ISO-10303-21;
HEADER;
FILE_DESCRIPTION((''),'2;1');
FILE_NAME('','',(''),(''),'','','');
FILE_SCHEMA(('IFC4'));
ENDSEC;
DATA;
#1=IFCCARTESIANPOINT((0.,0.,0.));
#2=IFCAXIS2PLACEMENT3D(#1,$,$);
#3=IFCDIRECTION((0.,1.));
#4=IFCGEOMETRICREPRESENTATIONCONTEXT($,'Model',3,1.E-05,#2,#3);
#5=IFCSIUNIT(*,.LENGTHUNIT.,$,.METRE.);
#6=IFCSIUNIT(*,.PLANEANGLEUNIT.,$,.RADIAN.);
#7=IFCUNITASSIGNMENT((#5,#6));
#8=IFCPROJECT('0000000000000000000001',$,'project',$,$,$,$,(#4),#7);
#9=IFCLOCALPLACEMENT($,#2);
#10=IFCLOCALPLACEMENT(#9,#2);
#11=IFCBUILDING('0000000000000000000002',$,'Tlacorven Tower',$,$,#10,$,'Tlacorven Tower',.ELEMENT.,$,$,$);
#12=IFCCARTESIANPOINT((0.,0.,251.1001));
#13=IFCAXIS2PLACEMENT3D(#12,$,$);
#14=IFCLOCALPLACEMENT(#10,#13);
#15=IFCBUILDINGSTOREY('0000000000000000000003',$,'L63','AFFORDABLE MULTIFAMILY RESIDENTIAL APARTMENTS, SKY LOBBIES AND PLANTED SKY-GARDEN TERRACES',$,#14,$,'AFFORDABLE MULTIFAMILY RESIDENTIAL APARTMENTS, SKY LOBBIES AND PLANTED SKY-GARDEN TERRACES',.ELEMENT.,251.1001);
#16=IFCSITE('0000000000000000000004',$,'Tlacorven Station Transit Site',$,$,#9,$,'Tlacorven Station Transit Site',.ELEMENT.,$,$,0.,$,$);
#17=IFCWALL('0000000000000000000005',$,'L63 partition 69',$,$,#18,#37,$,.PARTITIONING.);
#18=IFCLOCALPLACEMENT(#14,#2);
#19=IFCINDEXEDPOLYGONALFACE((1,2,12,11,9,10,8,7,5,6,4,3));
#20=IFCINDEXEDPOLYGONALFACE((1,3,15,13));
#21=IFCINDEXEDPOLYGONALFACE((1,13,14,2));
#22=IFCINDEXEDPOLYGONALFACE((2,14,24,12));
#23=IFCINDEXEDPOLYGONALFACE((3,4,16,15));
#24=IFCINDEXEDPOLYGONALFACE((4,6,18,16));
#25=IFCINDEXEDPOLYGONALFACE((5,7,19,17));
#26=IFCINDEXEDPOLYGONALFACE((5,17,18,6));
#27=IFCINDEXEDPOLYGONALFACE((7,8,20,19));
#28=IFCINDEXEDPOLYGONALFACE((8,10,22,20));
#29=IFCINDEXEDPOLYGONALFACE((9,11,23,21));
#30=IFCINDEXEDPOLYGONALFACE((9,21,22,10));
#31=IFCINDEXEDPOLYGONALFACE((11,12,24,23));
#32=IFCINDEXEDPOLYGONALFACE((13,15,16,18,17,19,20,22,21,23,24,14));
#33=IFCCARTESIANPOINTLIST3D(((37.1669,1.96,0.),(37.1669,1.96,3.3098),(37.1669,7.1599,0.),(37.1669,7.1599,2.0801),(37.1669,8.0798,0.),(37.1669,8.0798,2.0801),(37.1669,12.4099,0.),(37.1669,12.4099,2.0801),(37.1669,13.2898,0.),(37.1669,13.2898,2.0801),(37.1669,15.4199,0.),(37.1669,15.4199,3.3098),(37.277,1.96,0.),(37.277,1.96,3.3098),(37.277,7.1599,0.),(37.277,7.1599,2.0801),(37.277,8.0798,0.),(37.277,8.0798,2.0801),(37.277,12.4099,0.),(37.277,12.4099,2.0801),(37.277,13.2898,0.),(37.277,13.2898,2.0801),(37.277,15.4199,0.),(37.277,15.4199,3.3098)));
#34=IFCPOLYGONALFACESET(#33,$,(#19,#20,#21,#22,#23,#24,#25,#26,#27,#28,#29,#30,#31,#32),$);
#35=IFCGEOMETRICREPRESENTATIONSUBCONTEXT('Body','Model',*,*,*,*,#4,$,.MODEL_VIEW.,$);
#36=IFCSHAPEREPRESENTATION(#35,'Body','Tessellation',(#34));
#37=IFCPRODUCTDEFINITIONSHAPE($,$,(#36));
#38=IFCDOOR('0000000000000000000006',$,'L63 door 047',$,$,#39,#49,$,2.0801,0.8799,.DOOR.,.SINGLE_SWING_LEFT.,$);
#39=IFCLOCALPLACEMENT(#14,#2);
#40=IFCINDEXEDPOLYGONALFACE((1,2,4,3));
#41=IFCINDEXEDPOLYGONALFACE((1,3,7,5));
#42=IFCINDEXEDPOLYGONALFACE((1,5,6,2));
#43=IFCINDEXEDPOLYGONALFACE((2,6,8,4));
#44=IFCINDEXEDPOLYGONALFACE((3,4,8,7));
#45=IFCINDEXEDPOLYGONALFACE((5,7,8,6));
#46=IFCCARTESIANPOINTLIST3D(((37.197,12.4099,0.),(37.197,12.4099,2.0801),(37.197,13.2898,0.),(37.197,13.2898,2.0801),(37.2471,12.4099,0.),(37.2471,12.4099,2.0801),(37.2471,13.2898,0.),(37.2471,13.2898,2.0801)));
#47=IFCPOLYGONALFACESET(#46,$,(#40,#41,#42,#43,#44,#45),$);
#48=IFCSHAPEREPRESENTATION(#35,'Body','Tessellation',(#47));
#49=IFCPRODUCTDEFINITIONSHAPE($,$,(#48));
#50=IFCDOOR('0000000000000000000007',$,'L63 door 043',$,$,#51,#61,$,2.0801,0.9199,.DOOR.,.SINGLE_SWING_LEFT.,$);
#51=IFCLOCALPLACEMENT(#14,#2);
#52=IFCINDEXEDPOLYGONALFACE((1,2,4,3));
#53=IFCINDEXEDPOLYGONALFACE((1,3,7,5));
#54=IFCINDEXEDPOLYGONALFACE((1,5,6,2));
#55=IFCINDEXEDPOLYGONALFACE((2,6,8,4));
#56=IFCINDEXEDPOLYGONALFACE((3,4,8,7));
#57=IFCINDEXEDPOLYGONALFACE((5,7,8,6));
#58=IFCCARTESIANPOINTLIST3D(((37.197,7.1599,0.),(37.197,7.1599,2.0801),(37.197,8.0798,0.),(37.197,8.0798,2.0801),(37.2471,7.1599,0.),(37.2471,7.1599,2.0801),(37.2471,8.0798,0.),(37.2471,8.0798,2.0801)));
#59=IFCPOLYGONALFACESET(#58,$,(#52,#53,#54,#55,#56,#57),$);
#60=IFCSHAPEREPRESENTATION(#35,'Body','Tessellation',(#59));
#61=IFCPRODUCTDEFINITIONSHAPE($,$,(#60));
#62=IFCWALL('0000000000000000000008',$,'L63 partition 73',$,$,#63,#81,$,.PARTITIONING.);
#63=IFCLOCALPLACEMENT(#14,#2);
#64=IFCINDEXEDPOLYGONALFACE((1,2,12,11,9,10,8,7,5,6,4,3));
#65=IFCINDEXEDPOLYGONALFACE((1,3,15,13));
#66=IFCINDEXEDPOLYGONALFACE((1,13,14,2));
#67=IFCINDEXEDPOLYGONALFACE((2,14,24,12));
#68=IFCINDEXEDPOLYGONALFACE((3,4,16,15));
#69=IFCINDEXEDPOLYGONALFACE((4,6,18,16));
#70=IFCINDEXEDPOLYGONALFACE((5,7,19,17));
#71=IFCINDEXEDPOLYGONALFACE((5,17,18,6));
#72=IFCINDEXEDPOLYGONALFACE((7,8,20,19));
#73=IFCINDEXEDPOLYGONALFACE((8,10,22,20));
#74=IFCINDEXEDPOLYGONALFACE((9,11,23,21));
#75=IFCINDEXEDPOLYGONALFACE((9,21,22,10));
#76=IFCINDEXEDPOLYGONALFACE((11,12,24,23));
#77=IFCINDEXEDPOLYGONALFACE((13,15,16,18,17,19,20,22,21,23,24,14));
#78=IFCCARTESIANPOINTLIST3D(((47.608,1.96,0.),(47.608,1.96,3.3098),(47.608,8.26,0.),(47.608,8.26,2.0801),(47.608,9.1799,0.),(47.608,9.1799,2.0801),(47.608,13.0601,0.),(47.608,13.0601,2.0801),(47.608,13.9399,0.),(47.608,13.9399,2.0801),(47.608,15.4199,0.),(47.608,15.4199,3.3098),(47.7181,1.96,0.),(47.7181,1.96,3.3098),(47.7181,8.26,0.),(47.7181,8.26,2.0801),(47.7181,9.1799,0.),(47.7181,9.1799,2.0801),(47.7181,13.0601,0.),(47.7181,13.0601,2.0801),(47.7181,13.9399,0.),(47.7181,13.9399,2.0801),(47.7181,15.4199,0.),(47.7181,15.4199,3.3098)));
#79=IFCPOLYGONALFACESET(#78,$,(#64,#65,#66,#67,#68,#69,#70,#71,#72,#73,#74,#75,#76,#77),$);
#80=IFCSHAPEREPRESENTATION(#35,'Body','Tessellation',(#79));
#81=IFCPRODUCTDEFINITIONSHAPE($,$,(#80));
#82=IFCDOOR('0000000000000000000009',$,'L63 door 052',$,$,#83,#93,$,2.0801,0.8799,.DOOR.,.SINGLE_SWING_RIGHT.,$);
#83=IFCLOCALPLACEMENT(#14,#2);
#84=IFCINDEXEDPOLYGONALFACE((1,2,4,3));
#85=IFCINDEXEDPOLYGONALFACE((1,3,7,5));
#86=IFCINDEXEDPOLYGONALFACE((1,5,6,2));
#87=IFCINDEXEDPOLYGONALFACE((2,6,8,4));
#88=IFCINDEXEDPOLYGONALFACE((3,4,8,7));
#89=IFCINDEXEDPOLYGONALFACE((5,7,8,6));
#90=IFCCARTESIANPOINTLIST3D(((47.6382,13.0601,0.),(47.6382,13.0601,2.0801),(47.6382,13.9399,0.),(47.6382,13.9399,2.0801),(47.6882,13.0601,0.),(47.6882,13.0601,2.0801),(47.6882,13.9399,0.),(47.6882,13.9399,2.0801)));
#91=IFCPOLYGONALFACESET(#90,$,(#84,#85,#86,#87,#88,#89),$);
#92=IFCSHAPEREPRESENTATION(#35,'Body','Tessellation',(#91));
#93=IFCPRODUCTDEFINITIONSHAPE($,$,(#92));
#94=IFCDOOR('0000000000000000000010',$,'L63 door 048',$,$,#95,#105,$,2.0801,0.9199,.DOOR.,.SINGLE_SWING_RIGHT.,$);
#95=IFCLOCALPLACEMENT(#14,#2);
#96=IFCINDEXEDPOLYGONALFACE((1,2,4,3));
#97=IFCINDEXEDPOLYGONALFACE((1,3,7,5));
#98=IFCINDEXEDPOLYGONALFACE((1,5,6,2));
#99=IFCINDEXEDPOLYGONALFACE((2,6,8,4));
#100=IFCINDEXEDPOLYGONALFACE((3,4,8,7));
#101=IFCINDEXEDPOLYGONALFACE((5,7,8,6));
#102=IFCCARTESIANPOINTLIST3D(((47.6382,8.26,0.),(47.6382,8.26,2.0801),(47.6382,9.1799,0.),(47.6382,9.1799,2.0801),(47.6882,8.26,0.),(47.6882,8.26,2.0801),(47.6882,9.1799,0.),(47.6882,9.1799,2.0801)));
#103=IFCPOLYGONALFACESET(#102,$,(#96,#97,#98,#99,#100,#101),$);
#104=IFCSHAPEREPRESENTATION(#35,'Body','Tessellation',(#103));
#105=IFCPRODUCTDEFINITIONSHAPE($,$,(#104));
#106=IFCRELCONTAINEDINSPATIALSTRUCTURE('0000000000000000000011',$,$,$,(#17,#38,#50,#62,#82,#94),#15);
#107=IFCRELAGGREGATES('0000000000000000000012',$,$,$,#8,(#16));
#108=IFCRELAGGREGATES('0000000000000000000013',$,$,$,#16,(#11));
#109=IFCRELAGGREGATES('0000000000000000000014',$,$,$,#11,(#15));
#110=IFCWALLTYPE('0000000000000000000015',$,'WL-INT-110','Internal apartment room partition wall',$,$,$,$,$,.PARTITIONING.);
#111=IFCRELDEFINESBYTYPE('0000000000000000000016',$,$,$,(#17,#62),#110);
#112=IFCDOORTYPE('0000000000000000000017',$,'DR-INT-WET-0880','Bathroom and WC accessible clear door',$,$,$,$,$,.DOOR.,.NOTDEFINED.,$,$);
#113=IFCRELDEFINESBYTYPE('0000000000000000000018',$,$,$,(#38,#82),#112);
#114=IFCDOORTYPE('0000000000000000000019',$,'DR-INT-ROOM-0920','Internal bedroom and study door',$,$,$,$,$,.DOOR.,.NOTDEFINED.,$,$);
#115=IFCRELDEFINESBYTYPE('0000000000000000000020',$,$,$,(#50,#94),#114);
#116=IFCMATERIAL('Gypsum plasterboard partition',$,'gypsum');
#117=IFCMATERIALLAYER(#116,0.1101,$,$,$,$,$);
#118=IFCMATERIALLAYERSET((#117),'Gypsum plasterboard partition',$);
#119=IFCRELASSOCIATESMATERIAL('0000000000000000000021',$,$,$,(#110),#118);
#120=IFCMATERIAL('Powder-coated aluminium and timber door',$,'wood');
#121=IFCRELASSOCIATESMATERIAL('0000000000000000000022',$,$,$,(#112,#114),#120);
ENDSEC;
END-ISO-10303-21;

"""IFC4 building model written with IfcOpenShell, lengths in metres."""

from ifc_helpers import new_model, si_unit, direction, frame, frame_2d, origin, place, context, subcontext, project, spatial, rectangle, extrude, source, transform, mapped, material, layer, layer_set, type_object, element, fill, save


model = new_model("IFC4")

# Units and contexts
model_context = context("Model", 3, precision=1e-05, world=origin(), true_north=direction((0.0, 1.0)))
body_context = subcontext(model_context, "Body", "Model", "MODEL_VIEW")
ifc_project = project(units=[si_unit("LENGTHUNIT", "METRE"), si_unit("PLANEANGLEUNIT", "RADIAN")], contexts=[model_context])

# Site, building, storey
site_placement = place(None, origin())
site = spatial("IfcSite", under=ifc_project, at=site_placement, Name="Tlacorven Station Transit Site", LongName="Tlacorven Station Transit Site", CompositionType="ELEMENT", RefElevation=0.0)
building_placement = place(site_placement, origin())
building = spatial("IfcBuilding", under=site, at=building_placement, Name="Tlacorven Tower", LongName="Tlacorven Tower", CompositionType="ELEMENT")
storey_placement = place(building_placement, frame((0.0, 0.0, 251.1001)))
storey = spatial("IfcBuildingStorey", under=building, at=storey_placement, Name="L63", Description="AFFORDABLE MULTIFAMILY RESIDENTIAL APARTMENTS, SKY LOBBIES AND PLANTED SKY-GARDEN TERRACES", LongName="AFFORDABLE MULTIFAMILY RESIDENTIAL APARTMENTS, SKY LOBBIES AND PLANTED SKY-GARDEN TERRACES", CompositionType="ELEMENT", Elevation=251.1001)

# Walls, openings, doors
ifc_material_1 = material(Name="Gypsum plasterboard partition", Category="gypsum")
ifc_layer_1 = layer(ifc_material_1, 0.1101)
ifc_layer_set_1 = layer_set([ifc_layer_1], Name="Gypsum plasterboard partition")
wall_type_1 = type_object("IfcWallType", Name="WL-INT-110", Description="Internal apartment room partition wall", PredefinedType="PARTITIONING", material=ifc_layer_set_1)
wall_1_placement = place(storey_placement, frame((37.2219, 1.96, 0.0), z_axis=(0.0, 0.0, 1.0), x_axis=(0.0, 1.0, 0.0)))
wall_1 = element("IfcWall", 1, at=wall_1_placement, inside=storey, type_object=wall_type_1, Name="L63 partition 69", PredefinedType="PARTITIONING", context=body_context, shape_type="SweptSolid", body=[
    extrude(rectangle(XDim=13.46, YDim=0.1101, at=frame_2d((6.73, 0.0))), origin(), (0.0, 0.0, 1.0), 3.3098),
])
opening_1_placement = place(wall_1_placement, frame((5.2, 0.0, 0.0)))
opening_1 = element("IfcOpeningElement", 2, at=opening_1_placement, cuts=wall_1, PredefinedType="OPENING", context=body_context, shape_type="SweptSolid", body=[
    extrude(rectangle(XDim=0.9199, YDim=2.0801, at=frame_2d((0.46, 1.04))), frame((0.0, 0.0649, 0.0), z_axis=(0.0, -1.0, 0.0), x_axis=(1.0, 0.0, 0.0)), (0.0, 0.0, 1.0), 0.1301),
])
opening_2_placement = place(wall_1_placement, frame((10.45, 0.0, 0.0)))
opening_2 = element("IfcOpeningElement", 3, at=opening_2_placement, cuts=wall_1, PredefinedType="OPENING", context=body_context, shape_type="SweptSolid", body=[
    extrude(rectangle(XDim=0.8799, YDim=2.0801, at=frame_2d((0.4399, 1.04))), frame((0.0, 0.0649, 0.0), z_axis=(0.0, -1.0, 0.0), x_axis=(1.0, 0.0, 0.0)), (0.0, 0.0, 1.0), 0.1301),
])
ifc_material_2 = material(Name="Powder-coated aluminium and timber door", Category="wood")
door_type_1 = type_object("IfcDoorType", Name="DR-INT-WET-0880", Description="Bathroom and WC accessible clear door", OperationType="NOTDEFINED", PredefinedType="DOOR", material=ifc_material_2)
shared_shape_1 = source(origin(), body_context, "Body", "SweptSolid", [
    extrude(rectangle(XDim=0.8799, YDim=2.0801, at=frame_2d((0.4399, 1.04))), frame((0.0, 0.0249, 0.0), z_axis=(0.0, -1.0, 0.0), x_axis=(1.0, 0.0, 0.0)), (0.0, 0.0, 1.0), 0.05),
])
door_1_placement = place(opening_2_placement, origin())
door_1 = element("IfcDoor", 4, at=door_1_placement, inside=storey, type_object=door_type_1, Name="L63 door 047", OperationType="SINGLE_SWING_LEFT", OverallHeight=2.0801, OverallWidth=0.8799, PredefinedType="DOOR", context=body_context, shape_type="MappedRepresentation", body=[
    mapped(shared_shape_1, transform((0.0, 0.0, 0.0), scale=1.0)),
])
fill(opening_2, door_1)
door_type_2 = type_object("IfcDoorType", Name="DR-INT-ROOM-0920", Description="Internal bedroom and study door", OperationType="NOTDEFINED", PredefinedType="DOOR", material=ifc_material_2)
shared_shape_2 = source(origin(), body_context, "Body", "SweptSolid", [
    extrude(rectangle(XDim=0.9199, YDim=2.0801, at=frame_2d((0.46, 1.04))), frame((0.0, 0.0249, 0.0), z_axis=(0.0, -1.0, 0.0), x_axis=(1.0, 0.0, 0.0)), (0.0, 0.0, 1.0), 0.05),
])
door_2_placement = place(opening_1_placement, origin())
door_2 = element("IfcDoor", 5, at=door_2_placement, inside=storey, type_object=door_type_2, Name="L63 door 043", OperationType="SINGLE_SWING_LEFT", OverallHeight=2.0801, OverallWidth=0.9199, PredefinedType="DOOR", context=body_context, shape_type="MappedRepresentation", body=[
    mapped(shared_shape_2, transform((0.0, 0.0, 0.0), scale=1.0)),
])
fill(opening_1, door_2)
wall_2_placement = place(storey_placement, frame((47.6631, 1.96, 0.0), z_axis=(0.0, 0.0, 1.0), x_axis=(0.0, 1.0, 0.0)))
wall_2 = element("IfcWall", 6, at=wall_2_placement, inside=storey, type_object=wall_type_1, Name="L63 partition 73", PredefinedType="PARTITIONING", context=body_context, shape_type="SweptSolid", body=[
    extrude(rectangle(XDim=13.46, YDim=0.1101, at=frame_2d((6.73, 0.0))), origin(), (0.0, 0.0, 1.0), 3.3098),
])
opening_3_placement = place(wall_2_placement, frame((6.3, 0.0, 0.0)))
opening_3 = element("IfcOpeningElement", 7, at=opening_3_placement, cuts=wall_2, PredefinedType="OPENING", context=body_context, shape_type="SweptSolid", body=[
    extrude(rectangle(XDim=0.9199, YDim=2.0801, at=frame_2d((0.46, 1.04))), frame((0.0, 0.0649, 0.0), z_axis=(0.0, -1.0, 0.0), x_axis=(1.0, 0.0, 0.0)), (0.0, 0.0, 1.0), 0.1301),
])
opening_4_placement = place(wall_2_placement, frame((11.1001, 0.0, 0.0)))
opening_4 = element("IfcOpeningElement", 8, at=opening_4_placement, cuts=wall_2, PredefinedType="OPENING", context=body_context, shape_type="SweptSolid", body=[
    extrude(rectangle(XDim=0.8799, YDim=2.0801, at=frame_2d((0.4399, 1.04))), frame((0.0, 0.0649, 0.0), z_axis=(0.0, -1.0, 0.0), x_axis=(1.0, 0.0, 0.0)), (0.0, 0.0, 1.0), 0.1301),
])
door_3_placement = place(opening_4_placement, origin())
door_3 = element("IfcDoor", 9, at=door_3_placement, inside=storey, type_object=door_type_1, Name="L63 door 052", OperationType="SINGLE_SWING_RIGHT", OverallHeight=2.0801, OverallWidth=0.8799, PredefinedType="DOOR", context=body_context, shape_type="MappedRepresentation", body=[
    mapped(shared_shape_1, transform((0.0, 0.0, 0.0), scale=1.0)),
])
fill(opening_4, door_3)
door_4_placement = place(opening_3_placement, origin())
door_4 = element("IfcDoor", 10, at=door_4_placement, inside=storey, type_object=door_type_2, Name="L63 door 048", OperationType="SINGLE_SWING_RIGHT", OverallHeight=2.0801, OverallWidth=0.9199, PredefinedType="DOOR", context=body_context, shape_type="MappedRepresentation", body=[
    mapped(shared_shape_2, transform((0.0, 0.0, 0.0), scale=1.0)),
])
fill(opening_3, door_4)

save(model, "model.ifc")
